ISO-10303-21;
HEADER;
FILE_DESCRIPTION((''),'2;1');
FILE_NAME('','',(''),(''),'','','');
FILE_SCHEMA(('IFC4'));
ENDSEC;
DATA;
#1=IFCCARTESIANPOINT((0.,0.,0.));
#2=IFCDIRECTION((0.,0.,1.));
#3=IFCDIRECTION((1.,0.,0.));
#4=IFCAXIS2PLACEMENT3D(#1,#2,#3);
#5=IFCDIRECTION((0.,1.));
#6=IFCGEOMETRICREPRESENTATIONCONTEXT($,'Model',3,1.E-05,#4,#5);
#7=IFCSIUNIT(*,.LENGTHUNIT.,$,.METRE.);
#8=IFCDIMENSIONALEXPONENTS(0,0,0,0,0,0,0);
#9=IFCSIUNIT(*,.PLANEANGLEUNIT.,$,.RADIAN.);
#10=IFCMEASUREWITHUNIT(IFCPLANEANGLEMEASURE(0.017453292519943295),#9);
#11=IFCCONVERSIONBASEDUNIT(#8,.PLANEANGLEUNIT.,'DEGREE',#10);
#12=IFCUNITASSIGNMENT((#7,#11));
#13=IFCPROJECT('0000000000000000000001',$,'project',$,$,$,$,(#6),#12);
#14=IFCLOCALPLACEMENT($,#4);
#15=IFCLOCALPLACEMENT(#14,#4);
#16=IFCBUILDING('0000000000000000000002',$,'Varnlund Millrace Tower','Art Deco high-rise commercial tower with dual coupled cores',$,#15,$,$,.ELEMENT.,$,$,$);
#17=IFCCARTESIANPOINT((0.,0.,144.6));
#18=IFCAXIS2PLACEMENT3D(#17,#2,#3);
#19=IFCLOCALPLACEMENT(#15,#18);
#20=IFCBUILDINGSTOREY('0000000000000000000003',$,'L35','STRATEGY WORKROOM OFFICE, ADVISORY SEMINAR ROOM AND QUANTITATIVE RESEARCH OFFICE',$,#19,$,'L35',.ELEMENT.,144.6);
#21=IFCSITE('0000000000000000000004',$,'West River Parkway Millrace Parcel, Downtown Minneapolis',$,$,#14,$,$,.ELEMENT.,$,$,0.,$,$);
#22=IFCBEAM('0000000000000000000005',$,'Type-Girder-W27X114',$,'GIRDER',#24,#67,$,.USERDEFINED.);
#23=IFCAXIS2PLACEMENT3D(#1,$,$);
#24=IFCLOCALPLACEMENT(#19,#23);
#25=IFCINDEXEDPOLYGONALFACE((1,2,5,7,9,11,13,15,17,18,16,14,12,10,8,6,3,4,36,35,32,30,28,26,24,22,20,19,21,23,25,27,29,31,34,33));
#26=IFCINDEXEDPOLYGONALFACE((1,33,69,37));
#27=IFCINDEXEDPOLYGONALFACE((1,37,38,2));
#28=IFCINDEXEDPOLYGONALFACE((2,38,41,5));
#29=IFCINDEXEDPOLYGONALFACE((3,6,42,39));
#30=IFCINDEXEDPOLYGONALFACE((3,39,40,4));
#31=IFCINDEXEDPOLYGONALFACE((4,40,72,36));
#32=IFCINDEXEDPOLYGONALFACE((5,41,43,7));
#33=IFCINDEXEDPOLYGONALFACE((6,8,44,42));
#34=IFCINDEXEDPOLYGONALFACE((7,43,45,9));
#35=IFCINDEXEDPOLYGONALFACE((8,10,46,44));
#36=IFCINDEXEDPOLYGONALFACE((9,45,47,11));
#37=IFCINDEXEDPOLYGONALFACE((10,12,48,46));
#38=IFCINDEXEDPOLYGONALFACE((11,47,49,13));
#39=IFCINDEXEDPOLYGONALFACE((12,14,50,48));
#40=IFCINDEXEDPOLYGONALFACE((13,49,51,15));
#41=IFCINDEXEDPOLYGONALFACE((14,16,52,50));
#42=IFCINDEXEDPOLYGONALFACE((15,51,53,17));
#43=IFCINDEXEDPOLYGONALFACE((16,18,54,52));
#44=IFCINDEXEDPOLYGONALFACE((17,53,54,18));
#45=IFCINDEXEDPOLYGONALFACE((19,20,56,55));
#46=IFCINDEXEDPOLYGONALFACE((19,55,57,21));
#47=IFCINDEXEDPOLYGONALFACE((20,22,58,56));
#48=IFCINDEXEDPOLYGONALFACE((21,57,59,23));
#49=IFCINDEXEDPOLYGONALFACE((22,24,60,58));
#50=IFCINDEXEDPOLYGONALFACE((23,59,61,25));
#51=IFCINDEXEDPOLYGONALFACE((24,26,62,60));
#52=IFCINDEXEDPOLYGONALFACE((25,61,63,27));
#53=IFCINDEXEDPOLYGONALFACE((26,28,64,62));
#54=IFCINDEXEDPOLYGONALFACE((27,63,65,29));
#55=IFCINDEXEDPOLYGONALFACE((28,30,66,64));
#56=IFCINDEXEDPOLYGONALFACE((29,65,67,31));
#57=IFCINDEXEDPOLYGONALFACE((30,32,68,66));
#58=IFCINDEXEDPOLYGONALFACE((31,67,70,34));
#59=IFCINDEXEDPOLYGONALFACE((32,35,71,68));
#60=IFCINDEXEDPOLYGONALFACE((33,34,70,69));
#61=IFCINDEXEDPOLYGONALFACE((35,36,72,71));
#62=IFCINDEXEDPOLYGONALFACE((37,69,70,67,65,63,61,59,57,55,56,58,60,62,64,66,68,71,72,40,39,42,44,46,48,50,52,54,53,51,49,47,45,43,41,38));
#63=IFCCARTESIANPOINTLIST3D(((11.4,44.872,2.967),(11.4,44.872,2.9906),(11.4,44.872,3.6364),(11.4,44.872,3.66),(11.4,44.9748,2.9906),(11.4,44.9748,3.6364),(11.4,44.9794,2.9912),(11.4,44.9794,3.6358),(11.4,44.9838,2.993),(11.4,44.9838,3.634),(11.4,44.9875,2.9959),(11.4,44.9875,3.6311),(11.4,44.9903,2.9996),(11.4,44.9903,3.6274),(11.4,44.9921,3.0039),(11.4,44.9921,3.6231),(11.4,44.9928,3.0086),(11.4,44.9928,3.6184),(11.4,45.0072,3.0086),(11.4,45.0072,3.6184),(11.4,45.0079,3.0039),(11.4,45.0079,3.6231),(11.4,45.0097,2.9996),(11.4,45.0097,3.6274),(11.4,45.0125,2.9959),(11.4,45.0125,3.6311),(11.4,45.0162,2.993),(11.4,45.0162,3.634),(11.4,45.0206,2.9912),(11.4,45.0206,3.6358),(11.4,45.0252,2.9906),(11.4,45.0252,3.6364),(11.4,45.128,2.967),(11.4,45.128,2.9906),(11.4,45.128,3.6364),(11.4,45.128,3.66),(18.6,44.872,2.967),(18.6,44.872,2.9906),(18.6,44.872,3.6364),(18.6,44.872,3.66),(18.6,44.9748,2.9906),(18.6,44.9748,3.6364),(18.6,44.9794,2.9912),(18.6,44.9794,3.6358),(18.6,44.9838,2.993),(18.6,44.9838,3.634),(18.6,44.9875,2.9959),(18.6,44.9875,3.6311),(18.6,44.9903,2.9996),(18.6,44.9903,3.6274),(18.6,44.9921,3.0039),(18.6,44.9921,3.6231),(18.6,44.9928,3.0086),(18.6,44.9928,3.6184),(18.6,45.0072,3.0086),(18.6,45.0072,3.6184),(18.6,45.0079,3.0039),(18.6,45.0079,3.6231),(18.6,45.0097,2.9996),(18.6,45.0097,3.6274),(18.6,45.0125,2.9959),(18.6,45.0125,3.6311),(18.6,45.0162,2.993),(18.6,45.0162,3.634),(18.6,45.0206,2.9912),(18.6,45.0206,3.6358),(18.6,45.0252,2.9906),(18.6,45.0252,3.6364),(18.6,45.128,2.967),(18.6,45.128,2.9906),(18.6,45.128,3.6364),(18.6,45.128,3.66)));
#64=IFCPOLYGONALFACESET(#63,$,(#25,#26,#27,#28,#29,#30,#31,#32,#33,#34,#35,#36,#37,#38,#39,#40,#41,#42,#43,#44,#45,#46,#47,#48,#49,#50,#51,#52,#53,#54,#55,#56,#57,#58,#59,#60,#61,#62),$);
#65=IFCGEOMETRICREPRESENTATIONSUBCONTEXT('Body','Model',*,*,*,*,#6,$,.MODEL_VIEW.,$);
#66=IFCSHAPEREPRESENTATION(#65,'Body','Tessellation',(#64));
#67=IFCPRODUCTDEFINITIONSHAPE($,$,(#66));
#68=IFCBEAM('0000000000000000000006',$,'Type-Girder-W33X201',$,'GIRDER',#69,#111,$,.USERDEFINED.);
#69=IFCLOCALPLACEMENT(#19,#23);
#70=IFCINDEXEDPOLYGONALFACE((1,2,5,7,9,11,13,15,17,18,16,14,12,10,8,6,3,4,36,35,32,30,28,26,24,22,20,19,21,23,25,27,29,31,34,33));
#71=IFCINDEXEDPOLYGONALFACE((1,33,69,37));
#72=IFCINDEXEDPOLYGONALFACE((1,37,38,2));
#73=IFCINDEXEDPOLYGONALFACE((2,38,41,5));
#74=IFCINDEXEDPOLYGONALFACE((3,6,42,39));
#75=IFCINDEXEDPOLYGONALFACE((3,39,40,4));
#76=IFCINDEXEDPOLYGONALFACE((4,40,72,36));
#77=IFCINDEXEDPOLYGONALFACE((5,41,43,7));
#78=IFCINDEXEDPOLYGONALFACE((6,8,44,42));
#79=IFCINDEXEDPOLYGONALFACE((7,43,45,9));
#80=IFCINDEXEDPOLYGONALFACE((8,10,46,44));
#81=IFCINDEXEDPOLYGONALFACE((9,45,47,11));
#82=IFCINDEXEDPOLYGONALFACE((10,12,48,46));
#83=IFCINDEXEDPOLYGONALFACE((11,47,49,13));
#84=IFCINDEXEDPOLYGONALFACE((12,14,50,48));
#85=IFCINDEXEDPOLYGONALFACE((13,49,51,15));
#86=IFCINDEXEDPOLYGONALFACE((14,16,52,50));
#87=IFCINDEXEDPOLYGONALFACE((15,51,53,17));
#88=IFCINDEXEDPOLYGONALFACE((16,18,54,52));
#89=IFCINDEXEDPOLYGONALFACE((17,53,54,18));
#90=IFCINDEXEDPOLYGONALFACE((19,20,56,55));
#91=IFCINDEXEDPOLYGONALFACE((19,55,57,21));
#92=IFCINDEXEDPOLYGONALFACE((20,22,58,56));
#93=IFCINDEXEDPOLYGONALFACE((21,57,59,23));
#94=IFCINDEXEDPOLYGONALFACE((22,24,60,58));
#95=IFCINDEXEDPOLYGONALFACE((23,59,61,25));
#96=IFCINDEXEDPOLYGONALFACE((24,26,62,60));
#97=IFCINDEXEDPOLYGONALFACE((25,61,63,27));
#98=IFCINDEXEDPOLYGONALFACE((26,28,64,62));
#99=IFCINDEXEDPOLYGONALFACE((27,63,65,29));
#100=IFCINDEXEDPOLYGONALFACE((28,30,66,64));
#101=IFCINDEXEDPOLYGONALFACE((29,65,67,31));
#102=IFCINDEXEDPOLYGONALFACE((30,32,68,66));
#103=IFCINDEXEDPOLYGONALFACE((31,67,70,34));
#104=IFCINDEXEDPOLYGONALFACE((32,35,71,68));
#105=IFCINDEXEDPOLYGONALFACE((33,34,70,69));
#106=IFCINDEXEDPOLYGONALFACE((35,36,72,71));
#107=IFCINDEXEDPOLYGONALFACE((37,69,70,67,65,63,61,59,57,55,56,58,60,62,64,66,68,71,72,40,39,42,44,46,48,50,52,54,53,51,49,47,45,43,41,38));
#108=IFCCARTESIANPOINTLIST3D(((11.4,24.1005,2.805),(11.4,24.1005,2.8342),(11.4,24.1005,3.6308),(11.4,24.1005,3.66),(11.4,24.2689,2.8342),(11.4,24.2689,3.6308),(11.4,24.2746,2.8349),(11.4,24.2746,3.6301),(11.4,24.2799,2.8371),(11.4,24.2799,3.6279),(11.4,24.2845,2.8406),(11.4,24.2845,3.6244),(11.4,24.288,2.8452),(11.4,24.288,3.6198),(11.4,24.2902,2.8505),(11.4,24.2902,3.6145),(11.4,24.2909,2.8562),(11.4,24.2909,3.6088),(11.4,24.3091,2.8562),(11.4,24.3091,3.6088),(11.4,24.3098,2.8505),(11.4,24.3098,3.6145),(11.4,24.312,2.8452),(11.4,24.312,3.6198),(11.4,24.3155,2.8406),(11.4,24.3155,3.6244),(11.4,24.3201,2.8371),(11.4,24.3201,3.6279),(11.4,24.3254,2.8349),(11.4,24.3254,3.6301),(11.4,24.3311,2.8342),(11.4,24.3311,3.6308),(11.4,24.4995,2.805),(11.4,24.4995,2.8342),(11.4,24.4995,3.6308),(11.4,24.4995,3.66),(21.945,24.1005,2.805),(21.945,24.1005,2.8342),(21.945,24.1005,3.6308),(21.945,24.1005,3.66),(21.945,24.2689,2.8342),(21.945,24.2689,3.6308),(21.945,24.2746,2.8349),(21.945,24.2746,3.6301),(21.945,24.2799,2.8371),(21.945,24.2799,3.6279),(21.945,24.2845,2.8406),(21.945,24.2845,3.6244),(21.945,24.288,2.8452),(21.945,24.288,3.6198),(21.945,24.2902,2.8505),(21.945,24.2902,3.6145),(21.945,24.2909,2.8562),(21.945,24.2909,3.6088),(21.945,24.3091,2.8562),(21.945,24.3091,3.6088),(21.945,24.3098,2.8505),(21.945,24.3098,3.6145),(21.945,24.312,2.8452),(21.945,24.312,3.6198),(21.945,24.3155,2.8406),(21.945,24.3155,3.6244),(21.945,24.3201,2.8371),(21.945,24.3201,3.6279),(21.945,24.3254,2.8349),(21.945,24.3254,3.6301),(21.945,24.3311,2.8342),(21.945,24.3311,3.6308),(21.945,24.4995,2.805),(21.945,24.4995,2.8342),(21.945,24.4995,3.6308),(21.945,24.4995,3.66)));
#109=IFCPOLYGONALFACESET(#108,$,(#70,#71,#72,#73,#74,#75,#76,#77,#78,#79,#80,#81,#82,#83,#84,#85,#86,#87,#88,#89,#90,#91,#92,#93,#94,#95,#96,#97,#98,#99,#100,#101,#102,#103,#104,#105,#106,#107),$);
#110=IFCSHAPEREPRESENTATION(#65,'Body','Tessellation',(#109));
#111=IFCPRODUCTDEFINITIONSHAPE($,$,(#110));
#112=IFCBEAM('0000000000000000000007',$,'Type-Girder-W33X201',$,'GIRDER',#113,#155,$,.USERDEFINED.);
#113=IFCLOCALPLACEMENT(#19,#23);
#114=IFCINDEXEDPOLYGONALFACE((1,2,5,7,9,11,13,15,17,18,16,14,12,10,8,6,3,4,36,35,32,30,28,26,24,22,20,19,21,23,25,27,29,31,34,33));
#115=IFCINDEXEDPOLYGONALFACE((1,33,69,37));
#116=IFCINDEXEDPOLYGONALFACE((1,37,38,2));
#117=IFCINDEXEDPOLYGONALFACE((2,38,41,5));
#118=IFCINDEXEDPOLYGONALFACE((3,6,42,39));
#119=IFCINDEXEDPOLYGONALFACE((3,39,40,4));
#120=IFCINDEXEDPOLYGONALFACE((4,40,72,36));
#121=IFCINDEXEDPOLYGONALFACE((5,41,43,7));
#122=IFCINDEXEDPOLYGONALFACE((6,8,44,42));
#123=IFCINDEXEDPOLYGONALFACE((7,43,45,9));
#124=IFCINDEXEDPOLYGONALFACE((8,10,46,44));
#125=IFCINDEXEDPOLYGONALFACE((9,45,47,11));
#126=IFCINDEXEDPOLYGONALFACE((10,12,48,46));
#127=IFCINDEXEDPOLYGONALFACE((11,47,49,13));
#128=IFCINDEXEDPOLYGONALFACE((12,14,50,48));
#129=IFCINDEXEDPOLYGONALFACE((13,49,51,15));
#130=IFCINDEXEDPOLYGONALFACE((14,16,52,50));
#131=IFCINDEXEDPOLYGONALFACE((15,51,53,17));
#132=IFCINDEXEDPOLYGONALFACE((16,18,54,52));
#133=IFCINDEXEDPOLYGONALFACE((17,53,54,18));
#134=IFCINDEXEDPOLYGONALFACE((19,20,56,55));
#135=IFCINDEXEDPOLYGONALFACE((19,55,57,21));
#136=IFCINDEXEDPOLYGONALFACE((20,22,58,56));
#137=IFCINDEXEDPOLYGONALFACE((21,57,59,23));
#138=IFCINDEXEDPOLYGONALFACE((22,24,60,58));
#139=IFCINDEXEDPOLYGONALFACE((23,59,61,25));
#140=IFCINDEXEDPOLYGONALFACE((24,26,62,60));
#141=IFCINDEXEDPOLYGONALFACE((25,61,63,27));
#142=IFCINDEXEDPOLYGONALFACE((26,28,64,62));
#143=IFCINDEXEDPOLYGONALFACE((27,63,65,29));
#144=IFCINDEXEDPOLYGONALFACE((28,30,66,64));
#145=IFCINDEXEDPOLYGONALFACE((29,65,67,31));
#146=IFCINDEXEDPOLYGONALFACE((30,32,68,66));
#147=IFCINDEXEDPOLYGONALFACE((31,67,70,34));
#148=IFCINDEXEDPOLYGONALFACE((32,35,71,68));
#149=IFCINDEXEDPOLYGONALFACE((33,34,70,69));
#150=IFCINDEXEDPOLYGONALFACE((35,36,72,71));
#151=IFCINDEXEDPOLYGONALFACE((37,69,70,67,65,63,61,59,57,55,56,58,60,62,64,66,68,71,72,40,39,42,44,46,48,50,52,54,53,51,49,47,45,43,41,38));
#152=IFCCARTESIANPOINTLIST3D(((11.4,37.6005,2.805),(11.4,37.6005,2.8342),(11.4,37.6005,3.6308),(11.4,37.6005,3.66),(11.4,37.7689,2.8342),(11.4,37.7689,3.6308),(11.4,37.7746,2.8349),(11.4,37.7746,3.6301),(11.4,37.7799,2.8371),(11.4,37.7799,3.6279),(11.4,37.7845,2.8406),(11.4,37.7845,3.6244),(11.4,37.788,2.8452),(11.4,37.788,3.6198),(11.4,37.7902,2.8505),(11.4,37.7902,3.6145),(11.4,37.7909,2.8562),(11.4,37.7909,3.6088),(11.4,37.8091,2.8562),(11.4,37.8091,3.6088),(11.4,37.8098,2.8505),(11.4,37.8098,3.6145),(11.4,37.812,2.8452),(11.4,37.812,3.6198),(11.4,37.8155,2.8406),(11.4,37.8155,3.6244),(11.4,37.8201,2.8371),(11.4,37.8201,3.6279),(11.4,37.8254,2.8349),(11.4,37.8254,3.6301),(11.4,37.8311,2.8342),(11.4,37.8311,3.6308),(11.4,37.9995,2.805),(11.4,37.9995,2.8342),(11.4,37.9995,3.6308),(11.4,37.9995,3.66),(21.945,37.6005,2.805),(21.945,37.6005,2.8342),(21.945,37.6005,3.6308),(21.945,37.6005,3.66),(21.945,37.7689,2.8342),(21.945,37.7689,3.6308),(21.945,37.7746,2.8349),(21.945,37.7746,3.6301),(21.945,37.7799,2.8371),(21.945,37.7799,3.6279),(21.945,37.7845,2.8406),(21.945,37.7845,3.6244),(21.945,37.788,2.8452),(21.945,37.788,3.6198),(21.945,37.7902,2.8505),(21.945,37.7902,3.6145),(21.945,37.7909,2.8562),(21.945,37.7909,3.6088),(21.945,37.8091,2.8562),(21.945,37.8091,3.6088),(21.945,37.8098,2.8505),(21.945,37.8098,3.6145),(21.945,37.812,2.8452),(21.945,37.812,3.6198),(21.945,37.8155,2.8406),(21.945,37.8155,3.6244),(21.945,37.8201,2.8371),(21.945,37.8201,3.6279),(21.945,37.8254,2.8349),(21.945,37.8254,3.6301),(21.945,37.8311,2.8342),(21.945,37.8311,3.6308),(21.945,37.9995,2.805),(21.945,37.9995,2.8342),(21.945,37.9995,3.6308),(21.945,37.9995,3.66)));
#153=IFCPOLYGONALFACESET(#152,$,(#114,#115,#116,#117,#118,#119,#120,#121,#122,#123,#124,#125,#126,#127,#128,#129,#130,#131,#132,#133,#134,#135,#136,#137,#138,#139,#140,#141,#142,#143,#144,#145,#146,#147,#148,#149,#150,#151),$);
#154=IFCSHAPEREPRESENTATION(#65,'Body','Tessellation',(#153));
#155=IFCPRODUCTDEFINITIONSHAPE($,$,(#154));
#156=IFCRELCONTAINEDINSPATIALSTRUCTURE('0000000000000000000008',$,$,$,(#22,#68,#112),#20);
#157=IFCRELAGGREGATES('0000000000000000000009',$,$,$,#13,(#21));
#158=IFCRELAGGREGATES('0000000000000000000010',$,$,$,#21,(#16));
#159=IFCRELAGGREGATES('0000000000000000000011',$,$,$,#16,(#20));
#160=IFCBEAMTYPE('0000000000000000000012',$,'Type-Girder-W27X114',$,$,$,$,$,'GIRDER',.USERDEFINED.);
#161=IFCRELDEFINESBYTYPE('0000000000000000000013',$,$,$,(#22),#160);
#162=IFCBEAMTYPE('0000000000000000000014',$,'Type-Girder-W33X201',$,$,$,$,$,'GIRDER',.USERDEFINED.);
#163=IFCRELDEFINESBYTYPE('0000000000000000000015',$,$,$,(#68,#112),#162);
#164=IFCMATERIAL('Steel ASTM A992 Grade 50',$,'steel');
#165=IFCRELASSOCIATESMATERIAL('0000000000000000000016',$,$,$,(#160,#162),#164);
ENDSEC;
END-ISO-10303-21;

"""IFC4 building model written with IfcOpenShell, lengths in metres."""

from ifc_helpers import new_model, entity, si_unit, converted_unit, direction, frame, origin_with_axes, origin_2d_with_axis, place, context, subcontext, project, spatial, i_section, extrude, material, material_profile, profile_set, type_object, element, save


model = new_model("IFC4")

# Units and contexts
model_context = context("Model", 3, precision=1e-05, world=origin_with_axes(), true_north=direction((0.0, 1.0)))
body_context = subcontext(model_context, "Body", "Model", "MODEL_VIEW")
ifc_project = project(units=[si_unit("LENGTHUNIT", "METRE"), converted_unit("PLANEANGLEUNIT", "DEGREE", entity("IfcPlaneAngleMeasure", 0.017453292519943295), si_unit("PLANEANGLEUNIT", "RADIAN"), dimensions=[0, 0, 0, 0, 0, 0, 0])], contexts=[model_context])

# Site, building, storey
site_placement = place(None, origin_with_axes())
site = spatial("IfcSite", under=ifc_project, at=site_placement, Name="West River Parkway Millrace Parcel, Downtown Minneapolis", CompositionType="ELEMENT", RefElevation=0.0)
building_placement = place(site_placement, origin_with_axes())
building = spatial("IfcBuilding", under=site, at=building_placement, Name="Varnlund Millrace Tower", Description="Art Deco high-rise commercial tower with dual coupled cores", CompositionType="ELEMENT")
storey_placement = place(building_placement, frame((0.0, 0.0, 144.6), z_axis=(0.0, 0.0, 1.0), x_axis=(1.0, 0.0, 0.0)))
storey = spatial("IfcBuildingStorey", under=building, at=storey_placement, Name="L35", Description="STRATEGY WORKROOM OFFICE, ADVISORY SEMINAR ROOM AND QUANTITATIVE RESEARCH OFFICE", LongName="L35", CompositionType="ELEMENT", Elevation=144.6)

# Beams
ifc_material_1 = material(Name="Steel ASTM A992 Grade 50", Category="steel")
ifc_material_profile_1 = material_profile(ifc_material_1, i_section(OverallWidth=0.256, OverallDepth=0.693, WebThickness=0.0145, FlangeThickness=0.0236, FilletRadius=0.018, at=origin_2d_with_axis()), Name="Steel ASTM A992 Grade 50")
ifc_profile_set_1 = profile_set([ifc_material_profile_1], Name="Steel ASTM A992 Grade 50")
beam_type_1 = type_object("IfcBeamType", Name="Type-Girder-W27X114", ElementType="GIRDER", PredefinedType="USERDEFINED", material=ifc_profile_set_1)
beam_1_placement = place(storey_placement, frame((11.4, 45.0, 3.3135), z_axis=(1.0, 0.0, 0.0), x_axis=(0.0, 1.0, 0.0)))
element("IfcBeam", 1, at=beam_1_placement, inside=storey, type_object=beam_type_1, Name="Type-Girder-W27X114", ObjectType="GIRDER", PredefinedType="USERDEFINED", context=body_context, shape_type="SweptSolid", body=[
    extrude(i_section(OverallWidth=0.256, OverallDepth=0.693, WebThickness=0.0145, FlangeThickness=0.0236, FilletRadius=0.018, at=origin_2d_with_axis()), origin_with_axes(), (0.0, 0.0, 1.0), 7.2),
])
ifc_material_profile_2 = material_profile(ifc_material_1, i_section(OverallWidth=0.399, OverallDepth=0.855, WebThickness=0.0182, FlangeThickness=0.0292, FilletRadius=0.022, at=origin_2d_with_axis()), Name="Steel ASTM A992 Grade 50")
ifc_profile_set_2 = profile_set([ifc_material_profile_2], Name="Steel ASTM A992 Grade 50")
beam_type_2 = type_object("IfcBeamType", Name="Type-Girder-W33X201", ElementType="GIRDER", PredefinedType="USERDEFINED", material=ifc_profile_set_2)
for number, where, z_axis, x_axis, name in (
    (2, (11.4, 24.3, 3.2325), (1.0, 0.0, 0.0), (0.0, 1.0, 0.0), "Type-Girder-W33X201"),
    (3, (11.4, 37.8, 3.2325), (1.0, 0.0, 0.0), (0.0, 1.0, 0.0), "Type-Girder-W33X201"),
):
    element("IfcBeam", number, at=place(storey_placement, frame(where, z_axis=z_axis, x_axis=x_axis)), inside=storey, type_object=beam_type_2, Name=name, ObjectType="GIRDER", PredefinedType="USERDEFINED", context=body_context, shape_type="SweptSolid", body=[
        extrude(i_section(OverallWidth=0.399, OverallDepth=0.855, WebThickness=0.0182, FlangeThickness=0.0292, FilletRadius=0.022, at=origin_2d_with_axis()), origin_with_axes(), (0.0, 0.0, 1.0), 10.545),
    ])

save(model, "model.ifc")
